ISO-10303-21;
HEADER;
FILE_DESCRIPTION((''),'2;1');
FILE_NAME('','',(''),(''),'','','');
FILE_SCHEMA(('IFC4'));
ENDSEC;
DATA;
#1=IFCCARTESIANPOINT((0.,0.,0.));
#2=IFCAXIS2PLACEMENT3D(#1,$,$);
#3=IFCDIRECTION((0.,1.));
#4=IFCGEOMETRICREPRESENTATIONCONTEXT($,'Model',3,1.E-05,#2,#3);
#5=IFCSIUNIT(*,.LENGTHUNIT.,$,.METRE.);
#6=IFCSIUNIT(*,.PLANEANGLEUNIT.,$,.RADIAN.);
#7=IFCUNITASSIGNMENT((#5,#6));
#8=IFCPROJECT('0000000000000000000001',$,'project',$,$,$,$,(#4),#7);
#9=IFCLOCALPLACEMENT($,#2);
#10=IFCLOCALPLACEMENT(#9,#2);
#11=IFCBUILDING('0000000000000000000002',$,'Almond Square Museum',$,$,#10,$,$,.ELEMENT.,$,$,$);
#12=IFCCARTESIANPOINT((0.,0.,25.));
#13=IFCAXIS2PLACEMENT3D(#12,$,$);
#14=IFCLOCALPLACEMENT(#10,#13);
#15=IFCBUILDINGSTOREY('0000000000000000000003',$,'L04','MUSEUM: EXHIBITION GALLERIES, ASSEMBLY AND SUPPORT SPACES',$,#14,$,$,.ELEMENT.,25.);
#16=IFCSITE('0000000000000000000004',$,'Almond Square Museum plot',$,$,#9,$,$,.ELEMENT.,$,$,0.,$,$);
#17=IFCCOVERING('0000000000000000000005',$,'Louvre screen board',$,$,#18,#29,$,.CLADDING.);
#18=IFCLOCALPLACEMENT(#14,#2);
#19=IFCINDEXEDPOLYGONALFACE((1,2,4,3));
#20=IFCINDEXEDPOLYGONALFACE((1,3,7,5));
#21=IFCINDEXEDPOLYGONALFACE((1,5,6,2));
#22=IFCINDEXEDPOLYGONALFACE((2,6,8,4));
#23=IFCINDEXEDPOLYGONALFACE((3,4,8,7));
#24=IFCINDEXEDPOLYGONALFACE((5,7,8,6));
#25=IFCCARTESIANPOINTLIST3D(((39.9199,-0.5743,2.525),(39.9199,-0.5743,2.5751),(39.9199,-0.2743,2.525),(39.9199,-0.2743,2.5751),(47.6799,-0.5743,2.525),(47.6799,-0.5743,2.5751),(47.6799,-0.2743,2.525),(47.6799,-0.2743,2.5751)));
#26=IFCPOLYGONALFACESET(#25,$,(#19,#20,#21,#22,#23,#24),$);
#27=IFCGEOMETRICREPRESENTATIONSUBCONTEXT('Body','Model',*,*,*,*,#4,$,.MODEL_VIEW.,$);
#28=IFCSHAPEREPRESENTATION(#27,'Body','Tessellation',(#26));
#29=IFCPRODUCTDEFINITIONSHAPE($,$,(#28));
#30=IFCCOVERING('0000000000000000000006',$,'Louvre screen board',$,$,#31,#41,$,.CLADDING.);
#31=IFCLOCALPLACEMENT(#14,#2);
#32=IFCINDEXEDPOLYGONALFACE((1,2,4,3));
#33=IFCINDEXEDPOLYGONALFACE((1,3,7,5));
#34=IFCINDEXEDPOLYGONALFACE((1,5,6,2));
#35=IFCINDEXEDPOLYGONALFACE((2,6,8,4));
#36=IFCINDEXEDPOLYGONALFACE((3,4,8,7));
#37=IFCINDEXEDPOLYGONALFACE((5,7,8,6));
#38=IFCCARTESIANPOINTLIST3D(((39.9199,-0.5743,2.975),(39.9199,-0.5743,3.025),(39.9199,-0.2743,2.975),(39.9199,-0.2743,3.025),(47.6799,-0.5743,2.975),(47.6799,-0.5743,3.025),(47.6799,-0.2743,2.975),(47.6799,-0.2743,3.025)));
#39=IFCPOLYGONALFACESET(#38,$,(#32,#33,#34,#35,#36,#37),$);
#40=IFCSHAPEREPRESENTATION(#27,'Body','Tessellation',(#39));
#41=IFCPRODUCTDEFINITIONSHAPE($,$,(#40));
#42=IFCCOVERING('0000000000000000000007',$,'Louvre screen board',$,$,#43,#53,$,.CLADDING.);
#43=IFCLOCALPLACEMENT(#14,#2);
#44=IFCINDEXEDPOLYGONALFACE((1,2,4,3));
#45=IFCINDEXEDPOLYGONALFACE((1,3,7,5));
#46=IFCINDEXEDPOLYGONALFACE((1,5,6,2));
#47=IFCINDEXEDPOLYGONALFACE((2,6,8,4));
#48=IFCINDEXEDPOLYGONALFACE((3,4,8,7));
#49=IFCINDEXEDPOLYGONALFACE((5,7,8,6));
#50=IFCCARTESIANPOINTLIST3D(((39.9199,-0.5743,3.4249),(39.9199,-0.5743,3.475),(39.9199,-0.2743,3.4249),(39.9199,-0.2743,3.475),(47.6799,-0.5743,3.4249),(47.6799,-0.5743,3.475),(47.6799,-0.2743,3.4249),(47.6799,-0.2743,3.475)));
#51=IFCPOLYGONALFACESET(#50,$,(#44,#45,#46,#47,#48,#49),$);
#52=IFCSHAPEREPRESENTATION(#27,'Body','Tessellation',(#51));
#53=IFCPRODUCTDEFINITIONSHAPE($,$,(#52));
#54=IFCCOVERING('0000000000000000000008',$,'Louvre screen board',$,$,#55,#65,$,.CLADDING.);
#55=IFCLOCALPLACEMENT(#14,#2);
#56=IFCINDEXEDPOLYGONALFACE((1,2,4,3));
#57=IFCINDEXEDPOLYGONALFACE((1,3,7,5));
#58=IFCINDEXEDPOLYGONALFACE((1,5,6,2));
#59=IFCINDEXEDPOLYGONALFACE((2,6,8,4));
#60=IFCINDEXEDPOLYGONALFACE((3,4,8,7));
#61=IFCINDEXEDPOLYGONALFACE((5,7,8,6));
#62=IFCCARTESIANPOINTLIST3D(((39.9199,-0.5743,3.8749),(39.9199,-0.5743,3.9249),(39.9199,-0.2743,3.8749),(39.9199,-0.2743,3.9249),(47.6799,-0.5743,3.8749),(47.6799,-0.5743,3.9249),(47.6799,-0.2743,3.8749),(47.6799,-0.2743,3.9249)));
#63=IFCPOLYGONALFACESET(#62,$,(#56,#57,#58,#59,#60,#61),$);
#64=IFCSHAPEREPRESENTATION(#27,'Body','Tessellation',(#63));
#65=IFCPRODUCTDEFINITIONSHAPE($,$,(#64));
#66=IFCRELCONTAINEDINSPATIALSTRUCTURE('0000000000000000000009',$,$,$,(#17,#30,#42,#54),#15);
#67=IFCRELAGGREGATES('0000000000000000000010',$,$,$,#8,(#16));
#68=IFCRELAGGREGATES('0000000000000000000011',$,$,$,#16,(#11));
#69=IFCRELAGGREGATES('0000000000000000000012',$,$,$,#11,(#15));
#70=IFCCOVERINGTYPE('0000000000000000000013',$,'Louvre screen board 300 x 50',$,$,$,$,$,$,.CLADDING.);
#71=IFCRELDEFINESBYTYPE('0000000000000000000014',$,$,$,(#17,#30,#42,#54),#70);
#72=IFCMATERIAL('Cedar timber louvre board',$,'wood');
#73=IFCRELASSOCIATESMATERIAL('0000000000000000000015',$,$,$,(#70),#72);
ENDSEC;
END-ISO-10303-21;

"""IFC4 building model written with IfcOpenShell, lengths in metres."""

from ifc_helpers import new_model, si_unit, direction, frame, origin, origin_2d, place, context, subcontext, project, spatial, rectangle, extrude, material, material_profile, profile_set, type_object, element, save


model = new_model("IFC4")

# Units and contexts
model_context = context("Model", 3, precision=1e-05, world=origin(), true_north=direction((0.0, 1.0)))
body_context = subcontext(model_context, "Body", "Model", "MODEL_VIEW")
ifc_project = project(units=[si_unit("LENGTHUNIT", "METRE"), si_unit("PLANEANGLEUNIT", "RADIAN")], contexts=[model_context])

# Site, building, storey
site_placement = place(None, origin())
site = spatial("IfcSite", under=ifc_project, at=site_placement, Name="Almond Square Museum plot", CompositionType="ELEMENT", RefElevation=0.0)
building_placement = place(site_placement, origin())
building = spatial("IfcBuilding", under=site, at=building_placement, Name="Almond Square Museum", CompositionType="ELEMENT")
storey_placement = place(building_placement, frame((0.0, 0.0, 25.0)))
storey = spatial("IfcBuildingStorey", under=building, at=storey_placement, Name="L04", Description="MUSEUM: EXHIBITION GALLERIES, ASSEMBLY AND SUPPORT SPACES", CompositionType="ELEMENT", Elevation=25.0)

# Coverings
ifc_material_1 = material(Name="Cedar timber louvre board", Category="wood")
ifc_material_profile_1 = material_profile(ifc_material_1, rectangle(XDim=0.3, YDim=0.05, at=origin_2d()))
ifc_profile_set_1 = profile_set([ifc_material_profile_1], Name="Cedar timber louvre board")
covering_type = type_object("IfcCoveringType", Name="Louvre screen board 300 x 50", PredefinedType="CLADDING", material=ifc_profile_set_1)
for number, where, z_axis, x_axis, name in (
    (1, (39.9199, -0.4243, 2.55), (1.0, 0.0, 0.0), (0.0, 1.0, 0.0), "Louvre screen board"),
    (2, (39.9199, -0.4243, 3.0), (1.0, 0.0, 0.0), (0.0, 1.0, 0.0), "Louvre screen board"),
    (3, (39.9199, -0.4243, 3.45), (1.0, 0.0, 0.0), (0.0, 1.0, 0.0), "Louvre screen board"),
    (4, (39.9199, -0.4243, 3.8999), (1.0, 0.0, 0.0), (0.0, 1.0, 0.0), "Louvre screen board"),
):
    element("IfcCovering", number, at=place(storey_placement, frame(where, z_axis=z_axis, x_axis=x_axis)), inside=storey, type_object=covering_type, Name=name, PredefinedType="CLADDING", context=body_context, shape_type="SweptSolid", body=[
        extrude(rectangle(XDim=0.3, YDim=0.05, at=origin_2d()), origin(), (0.0, 0.0, 1.0), 7.76),
    ])

save(model, "model.ifc")
